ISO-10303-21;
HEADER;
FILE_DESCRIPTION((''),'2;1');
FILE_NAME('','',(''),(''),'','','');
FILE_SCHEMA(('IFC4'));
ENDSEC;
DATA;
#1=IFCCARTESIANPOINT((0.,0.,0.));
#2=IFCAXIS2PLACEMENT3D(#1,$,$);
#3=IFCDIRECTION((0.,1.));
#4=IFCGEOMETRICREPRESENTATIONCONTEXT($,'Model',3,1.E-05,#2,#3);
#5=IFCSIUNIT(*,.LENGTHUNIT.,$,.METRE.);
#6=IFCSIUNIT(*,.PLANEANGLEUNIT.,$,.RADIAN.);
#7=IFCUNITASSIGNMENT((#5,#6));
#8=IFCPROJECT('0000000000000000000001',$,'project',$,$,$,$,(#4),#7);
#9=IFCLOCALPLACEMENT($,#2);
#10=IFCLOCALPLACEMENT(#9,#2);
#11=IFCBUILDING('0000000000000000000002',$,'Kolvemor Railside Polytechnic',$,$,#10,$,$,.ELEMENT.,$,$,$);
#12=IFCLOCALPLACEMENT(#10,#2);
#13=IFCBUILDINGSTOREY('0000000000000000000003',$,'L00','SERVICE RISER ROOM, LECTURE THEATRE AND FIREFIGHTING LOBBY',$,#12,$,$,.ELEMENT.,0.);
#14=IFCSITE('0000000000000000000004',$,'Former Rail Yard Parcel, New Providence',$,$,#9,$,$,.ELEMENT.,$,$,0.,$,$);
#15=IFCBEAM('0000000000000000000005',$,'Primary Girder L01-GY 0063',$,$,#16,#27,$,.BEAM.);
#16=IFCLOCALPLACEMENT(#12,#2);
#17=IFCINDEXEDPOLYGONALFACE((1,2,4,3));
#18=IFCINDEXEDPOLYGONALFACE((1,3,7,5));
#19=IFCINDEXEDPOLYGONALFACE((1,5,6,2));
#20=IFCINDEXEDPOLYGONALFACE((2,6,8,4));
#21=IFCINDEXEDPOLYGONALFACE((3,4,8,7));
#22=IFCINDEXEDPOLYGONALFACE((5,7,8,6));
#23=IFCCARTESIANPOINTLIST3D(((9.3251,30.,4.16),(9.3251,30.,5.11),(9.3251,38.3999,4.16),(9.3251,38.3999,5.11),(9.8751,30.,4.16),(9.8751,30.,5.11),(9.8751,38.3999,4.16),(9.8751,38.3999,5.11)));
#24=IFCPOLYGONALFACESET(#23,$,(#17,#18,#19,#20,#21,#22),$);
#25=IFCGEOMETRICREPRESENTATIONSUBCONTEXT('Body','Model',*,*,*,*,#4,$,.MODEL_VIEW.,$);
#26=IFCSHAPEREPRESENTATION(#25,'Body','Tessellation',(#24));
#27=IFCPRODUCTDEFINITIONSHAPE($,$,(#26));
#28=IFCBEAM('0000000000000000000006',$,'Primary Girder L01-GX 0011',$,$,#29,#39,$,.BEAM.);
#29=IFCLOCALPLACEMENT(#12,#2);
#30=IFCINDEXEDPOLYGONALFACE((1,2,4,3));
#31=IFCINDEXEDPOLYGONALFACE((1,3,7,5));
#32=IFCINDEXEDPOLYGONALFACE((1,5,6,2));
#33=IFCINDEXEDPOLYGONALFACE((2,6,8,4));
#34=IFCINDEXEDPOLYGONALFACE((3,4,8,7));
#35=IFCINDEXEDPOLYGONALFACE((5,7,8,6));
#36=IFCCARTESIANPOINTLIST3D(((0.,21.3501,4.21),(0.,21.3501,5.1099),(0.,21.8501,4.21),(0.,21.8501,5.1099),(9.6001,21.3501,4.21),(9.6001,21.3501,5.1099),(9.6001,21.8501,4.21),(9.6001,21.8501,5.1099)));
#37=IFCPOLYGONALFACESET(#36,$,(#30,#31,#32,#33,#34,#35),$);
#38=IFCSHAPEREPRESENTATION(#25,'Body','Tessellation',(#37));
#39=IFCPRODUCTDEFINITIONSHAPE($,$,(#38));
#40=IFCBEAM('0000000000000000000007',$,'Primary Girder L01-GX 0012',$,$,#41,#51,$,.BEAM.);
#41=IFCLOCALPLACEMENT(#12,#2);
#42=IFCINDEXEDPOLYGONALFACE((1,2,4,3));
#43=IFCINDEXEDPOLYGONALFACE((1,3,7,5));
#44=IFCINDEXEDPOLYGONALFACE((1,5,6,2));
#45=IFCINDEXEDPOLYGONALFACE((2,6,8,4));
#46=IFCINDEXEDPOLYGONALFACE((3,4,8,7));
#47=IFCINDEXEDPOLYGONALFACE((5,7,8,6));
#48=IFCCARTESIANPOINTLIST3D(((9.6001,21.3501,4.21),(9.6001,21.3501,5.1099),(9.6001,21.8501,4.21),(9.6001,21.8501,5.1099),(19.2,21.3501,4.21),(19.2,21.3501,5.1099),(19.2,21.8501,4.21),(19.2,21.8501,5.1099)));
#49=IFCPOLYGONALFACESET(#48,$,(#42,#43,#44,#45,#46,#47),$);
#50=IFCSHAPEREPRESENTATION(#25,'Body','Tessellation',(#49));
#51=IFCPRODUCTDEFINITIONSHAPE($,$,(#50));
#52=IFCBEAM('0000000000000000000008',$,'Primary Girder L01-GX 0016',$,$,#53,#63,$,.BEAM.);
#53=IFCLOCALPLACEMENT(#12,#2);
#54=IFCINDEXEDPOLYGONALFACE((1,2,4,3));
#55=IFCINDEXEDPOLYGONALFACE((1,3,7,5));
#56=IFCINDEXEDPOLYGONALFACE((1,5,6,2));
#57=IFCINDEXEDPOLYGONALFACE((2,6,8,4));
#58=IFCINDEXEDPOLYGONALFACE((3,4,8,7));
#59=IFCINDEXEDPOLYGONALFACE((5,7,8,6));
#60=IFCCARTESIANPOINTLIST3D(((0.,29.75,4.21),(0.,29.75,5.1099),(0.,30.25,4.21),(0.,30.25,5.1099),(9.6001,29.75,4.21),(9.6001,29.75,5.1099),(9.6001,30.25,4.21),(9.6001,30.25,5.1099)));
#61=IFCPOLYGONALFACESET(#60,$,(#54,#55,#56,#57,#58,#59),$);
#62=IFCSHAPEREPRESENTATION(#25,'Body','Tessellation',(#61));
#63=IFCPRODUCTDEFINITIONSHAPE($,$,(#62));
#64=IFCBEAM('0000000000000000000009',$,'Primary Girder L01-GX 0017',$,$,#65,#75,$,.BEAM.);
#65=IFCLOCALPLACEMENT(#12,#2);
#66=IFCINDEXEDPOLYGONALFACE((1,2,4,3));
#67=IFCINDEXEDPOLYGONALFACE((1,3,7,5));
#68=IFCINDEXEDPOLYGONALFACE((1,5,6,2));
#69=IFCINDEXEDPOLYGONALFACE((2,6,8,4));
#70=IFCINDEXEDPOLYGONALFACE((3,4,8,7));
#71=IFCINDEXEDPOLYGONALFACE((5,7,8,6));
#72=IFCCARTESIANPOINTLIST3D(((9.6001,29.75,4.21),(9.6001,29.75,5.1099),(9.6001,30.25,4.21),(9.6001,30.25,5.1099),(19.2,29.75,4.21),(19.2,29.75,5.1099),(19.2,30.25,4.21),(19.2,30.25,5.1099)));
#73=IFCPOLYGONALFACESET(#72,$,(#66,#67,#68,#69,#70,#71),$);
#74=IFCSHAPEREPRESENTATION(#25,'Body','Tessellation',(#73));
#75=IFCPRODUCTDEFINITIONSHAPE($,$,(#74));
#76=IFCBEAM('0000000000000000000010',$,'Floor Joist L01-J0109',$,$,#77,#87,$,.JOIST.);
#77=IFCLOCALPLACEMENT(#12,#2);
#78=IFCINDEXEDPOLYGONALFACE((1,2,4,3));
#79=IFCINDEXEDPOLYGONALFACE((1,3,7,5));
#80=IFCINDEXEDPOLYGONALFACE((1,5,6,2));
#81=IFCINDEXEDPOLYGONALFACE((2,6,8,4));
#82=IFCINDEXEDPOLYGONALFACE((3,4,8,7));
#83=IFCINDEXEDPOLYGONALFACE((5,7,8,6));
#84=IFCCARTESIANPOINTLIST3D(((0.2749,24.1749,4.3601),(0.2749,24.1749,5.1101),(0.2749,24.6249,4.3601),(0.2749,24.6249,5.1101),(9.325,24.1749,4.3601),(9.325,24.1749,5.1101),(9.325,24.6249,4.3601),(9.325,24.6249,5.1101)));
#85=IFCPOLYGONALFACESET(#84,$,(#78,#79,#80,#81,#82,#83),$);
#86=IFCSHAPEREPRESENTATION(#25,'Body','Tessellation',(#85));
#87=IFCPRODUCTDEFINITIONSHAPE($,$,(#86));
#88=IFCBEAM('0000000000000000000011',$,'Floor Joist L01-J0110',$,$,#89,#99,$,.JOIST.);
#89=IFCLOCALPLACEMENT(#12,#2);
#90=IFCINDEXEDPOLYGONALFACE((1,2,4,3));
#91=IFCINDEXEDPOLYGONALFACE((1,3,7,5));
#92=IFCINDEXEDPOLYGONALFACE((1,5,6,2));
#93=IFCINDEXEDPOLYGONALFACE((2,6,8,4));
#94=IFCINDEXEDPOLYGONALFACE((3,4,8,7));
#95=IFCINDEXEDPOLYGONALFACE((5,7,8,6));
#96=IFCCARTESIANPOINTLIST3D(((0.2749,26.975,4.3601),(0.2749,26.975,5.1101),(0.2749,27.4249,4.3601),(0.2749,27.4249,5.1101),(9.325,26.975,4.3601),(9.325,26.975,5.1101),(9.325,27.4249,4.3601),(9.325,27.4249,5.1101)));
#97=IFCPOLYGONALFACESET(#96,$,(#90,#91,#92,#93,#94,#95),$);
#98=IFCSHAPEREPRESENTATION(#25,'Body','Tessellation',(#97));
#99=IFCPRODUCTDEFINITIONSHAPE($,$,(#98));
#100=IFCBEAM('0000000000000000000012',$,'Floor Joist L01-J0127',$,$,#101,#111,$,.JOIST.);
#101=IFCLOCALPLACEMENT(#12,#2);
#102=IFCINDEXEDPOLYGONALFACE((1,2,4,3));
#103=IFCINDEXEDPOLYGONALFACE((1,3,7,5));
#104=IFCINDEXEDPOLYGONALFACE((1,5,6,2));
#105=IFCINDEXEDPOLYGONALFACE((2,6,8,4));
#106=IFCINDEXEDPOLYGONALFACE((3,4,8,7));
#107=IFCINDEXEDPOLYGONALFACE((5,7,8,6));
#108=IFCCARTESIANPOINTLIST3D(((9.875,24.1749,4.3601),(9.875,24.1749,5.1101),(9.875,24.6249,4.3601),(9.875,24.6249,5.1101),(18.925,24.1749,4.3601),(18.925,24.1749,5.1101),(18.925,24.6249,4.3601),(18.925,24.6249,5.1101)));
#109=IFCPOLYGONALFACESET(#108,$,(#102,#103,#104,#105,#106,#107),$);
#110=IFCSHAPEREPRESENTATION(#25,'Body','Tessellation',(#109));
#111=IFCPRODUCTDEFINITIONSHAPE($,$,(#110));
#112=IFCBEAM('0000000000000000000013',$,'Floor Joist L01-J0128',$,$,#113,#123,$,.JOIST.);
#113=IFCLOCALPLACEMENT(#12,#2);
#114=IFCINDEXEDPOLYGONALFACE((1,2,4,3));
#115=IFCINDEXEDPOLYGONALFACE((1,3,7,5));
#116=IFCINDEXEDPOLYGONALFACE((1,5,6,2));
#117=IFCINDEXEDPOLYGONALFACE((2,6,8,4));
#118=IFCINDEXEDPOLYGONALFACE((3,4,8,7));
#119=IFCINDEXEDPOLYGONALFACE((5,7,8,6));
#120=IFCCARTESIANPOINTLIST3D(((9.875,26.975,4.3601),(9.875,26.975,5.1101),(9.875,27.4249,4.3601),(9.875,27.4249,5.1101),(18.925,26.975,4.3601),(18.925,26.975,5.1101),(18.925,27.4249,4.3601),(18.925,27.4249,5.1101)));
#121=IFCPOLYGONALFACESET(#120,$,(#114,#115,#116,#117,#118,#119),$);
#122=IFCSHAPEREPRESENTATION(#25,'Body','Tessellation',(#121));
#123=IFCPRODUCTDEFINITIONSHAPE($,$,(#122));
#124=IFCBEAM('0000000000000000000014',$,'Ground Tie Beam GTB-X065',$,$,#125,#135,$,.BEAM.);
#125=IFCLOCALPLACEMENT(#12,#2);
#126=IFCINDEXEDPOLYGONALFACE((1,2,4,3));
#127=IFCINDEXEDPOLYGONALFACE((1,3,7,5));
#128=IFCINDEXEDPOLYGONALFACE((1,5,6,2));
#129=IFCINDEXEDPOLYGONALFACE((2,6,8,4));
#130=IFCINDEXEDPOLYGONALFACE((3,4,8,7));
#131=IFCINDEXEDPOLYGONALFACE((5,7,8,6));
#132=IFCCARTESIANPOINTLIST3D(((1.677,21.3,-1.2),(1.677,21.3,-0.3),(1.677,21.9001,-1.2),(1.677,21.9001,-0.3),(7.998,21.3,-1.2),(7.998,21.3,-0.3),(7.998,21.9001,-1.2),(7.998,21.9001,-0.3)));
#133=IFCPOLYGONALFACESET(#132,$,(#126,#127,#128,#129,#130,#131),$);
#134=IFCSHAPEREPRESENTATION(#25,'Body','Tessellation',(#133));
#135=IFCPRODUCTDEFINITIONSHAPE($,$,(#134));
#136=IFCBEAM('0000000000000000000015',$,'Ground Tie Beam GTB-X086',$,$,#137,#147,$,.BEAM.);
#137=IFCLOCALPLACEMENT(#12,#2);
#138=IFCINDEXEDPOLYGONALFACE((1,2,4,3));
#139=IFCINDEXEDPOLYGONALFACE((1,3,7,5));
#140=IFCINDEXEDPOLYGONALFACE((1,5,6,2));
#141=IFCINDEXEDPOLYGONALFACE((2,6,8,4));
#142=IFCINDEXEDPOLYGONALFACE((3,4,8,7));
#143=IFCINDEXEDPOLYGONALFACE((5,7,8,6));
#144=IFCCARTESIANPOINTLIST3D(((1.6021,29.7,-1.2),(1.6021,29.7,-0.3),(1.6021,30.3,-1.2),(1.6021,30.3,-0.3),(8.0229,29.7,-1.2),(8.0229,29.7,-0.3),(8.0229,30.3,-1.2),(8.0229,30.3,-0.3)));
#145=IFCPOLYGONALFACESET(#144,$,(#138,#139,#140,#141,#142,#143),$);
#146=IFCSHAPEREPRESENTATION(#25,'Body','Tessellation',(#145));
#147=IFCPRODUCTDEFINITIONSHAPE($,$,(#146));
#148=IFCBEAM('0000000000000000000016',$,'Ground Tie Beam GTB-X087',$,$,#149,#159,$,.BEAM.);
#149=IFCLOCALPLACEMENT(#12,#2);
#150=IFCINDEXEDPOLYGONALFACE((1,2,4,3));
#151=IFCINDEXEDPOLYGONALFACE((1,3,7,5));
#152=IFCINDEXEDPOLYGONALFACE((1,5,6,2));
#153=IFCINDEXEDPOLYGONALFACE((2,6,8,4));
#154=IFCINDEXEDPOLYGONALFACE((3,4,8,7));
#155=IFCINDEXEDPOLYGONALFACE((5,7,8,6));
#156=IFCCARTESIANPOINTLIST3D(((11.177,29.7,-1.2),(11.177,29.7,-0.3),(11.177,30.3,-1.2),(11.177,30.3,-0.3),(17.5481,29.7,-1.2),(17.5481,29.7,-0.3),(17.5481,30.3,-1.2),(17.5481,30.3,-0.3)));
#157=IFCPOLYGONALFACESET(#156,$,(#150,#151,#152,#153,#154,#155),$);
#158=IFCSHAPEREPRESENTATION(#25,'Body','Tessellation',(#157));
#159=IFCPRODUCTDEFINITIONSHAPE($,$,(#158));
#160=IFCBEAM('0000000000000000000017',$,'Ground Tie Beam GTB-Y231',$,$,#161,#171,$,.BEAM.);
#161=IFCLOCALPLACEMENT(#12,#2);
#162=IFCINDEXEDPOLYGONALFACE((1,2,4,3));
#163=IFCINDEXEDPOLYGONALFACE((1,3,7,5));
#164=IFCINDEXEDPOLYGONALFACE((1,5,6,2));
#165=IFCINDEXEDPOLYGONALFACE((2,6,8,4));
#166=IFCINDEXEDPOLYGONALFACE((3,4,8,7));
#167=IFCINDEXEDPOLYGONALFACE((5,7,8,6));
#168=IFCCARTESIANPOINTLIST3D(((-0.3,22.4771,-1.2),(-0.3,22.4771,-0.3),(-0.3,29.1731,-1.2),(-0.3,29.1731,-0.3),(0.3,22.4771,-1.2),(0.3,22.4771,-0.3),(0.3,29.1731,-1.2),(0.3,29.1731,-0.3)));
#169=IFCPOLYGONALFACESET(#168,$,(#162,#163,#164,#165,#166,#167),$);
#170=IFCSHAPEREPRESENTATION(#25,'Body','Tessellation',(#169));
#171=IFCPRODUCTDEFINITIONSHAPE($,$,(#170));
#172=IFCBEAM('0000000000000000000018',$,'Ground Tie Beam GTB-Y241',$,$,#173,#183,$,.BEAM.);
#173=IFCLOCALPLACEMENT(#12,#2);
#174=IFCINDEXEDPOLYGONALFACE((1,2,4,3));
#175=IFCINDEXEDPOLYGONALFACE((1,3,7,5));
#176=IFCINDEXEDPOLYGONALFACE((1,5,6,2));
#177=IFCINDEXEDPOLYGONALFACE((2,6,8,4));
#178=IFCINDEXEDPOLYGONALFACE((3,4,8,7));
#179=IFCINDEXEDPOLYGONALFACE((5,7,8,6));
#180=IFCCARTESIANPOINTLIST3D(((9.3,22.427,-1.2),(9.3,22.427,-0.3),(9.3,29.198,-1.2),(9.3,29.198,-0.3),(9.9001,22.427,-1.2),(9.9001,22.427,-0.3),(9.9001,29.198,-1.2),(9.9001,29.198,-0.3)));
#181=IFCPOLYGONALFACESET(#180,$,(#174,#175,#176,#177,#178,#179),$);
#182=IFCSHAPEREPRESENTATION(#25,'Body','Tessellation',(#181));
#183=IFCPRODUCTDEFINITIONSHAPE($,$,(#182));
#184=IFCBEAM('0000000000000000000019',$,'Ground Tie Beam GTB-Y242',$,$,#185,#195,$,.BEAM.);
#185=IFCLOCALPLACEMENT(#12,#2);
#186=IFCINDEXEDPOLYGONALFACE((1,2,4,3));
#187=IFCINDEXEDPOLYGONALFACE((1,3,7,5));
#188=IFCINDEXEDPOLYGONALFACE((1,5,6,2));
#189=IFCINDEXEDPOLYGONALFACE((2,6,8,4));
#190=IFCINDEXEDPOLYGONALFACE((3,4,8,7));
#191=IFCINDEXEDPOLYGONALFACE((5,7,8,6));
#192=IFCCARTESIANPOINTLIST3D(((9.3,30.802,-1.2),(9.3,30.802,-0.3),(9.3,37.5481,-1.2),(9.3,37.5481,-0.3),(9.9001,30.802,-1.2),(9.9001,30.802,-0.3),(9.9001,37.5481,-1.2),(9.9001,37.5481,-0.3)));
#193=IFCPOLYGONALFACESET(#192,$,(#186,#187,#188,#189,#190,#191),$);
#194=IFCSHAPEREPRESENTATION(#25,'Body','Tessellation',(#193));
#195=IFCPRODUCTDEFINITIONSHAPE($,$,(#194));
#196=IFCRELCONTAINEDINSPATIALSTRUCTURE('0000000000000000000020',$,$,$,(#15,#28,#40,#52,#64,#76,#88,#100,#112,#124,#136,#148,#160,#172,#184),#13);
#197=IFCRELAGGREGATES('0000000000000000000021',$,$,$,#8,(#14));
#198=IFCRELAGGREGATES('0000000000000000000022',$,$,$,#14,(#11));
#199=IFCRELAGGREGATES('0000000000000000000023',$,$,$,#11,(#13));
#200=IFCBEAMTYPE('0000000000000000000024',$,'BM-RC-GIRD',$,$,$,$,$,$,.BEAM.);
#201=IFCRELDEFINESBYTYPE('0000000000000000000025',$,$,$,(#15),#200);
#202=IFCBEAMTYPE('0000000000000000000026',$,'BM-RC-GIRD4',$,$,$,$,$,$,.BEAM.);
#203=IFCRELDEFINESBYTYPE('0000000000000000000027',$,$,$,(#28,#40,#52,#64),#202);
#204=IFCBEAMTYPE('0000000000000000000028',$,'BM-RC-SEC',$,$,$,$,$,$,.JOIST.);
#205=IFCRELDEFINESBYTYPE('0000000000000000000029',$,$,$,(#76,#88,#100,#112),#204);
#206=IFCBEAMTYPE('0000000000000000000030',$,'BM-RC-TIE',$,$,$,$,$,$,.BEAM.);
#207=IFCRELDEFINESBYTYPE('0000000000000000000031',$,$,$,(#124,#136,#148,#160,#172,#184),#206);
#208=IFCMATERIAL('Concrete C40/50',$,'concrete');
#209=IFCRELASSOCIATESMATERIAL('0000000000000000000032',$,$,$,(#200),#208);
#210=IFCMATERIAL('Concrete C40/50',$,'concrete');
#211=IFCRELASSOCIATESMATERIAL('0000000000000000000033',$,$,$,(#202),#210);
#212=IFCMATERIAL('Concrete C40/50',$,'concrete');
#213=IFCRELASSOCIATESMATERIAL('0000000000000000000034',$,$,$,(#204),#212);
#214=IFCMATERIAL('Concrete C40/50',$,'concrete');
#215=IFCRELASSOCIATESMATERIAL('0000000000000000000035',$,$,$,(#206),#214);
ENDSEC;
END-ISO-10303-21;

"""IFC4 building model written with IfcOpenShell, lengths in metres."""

from ifc_helpers import new_model, si_unit, direction, frame, origin, origin_2d, place, context, subcontext, project, spatial, rectangle, extrude, material, material_profile, profile_set, type_object, element, save


model = new_model("IFC4")

# Units and contexts
model_context = context("Model", 3, precision=1e-05, world=origin(), true_north=direction((0.0, 1.0)))
body_context = subcontext(model_context, "Body", "Model", "MODEL_VIEW")
ifc_project = project(units=[si_unit("LENGTHUNIT", "METRE"), si_unit("PLANEANGLEUNIT", "RADIAN")], contexts=[model_context])

# Site, building, storey
site_placement = place(None, origin())
site = spatial("IfcSite", under=ifc_project, at=site_placement, Name="Former Rail Yard Parcel, New Providence", CompositionType="ELEMENT", RefElevation=0.0)
building_placement = place(site_placement, origin())
building = spatial("IfcBuilding", under=site, at=building_placement, Name="Kolvemor Railside Polytechnic", CompositionType="ELEMENT")
storey_placement = place(building_placement, origin())
storey = spatial("IfcBuildingStorey", under=building, at=storey_placement, Name="L00", Description="SERVICE RISER ROOM, LECTURE THEATRE AND FIREFIGHTING LOBBY", CompositionType="ELEMENT", Elevation=0.0)

# Beams
ifc_material_1 = material(Name="Concrete C40/50", Category="concrete")
ifc_material_profile_1 = material_profile(ifc_material_1, rectangle(XDim=0.55, YDim=0.95, at=origin_2d()), Name="RC550x950")
ifc_profile_set_1 = profile_set([ifc_material_profile_1], Name="Concrete C40/50")
beam_type_1 = type_object("IfcBeamType", Name="BM-RC-GIRD", PredefinedType="BEAM", material=ifc_profile_set_1)
for number, where, z_axis, x_axis, name in (
    (1, (9.6001, 30.0, 4.635), (0.0, 1.0, 0.0), (-1.0, 0.0, 0.0), "Primary Girder L01-GY 0063"),
):
    element("IfcBeam", number, at=place(storey_placement, frame(where, z_axis=z_axis, x_axis=x_axis)), inside=storey, type_object=beam_type_1, Name=name, PredefinedType="BEAM", context=body_context, shape_type="SweptSolid", body=[
        extrude(rectangle(XDim=0.55, YDim=0.95, at=origin_2d()), origin(), (0.0, 0.0, 1.0), 8.3999),
    ])
ifc_material_2 = material(Name="Concrete C40/50", Category="concrete")
ifc_material_profile_2 = material_profile(ifc_material_2, rectangle(XDim=0.5, YDim=0.8999, at=origin_2d()), Name="RC500x900")
ifc_profile_set_2 = profile_set([ifc_material_profile_2], Name="Concrete C40/50")
beam_type_2 = type_object("IfcBeamType", Name="BM-RC-GIRD4", PredefinedType="BEAM", material=ifc_profile_set_2)
beam_1_placement = place(storey_placement, frame((0.0, 21.6001, 4.6599), z_axis=(1.0, 0.0, 0.0), x_axis=(0.0, 1.0, 0.0)))
element("IfcBeam", 2, at=beam_1_placement, inside=storey, type_object=beam_type_2, Name="Primary Girder L01-GX 0011", PredefinedType="BEAM", context=body_context, shape_type="SweptSolid", body=[
    extrude(rectangle(XDim=0.5, YDim=0.8999, at=origin_2d()), origin(), (0.0, 0.0, 1.0), 9.6001),
])
beam_2_placement = place(storey_placement, frame((9.6001, 21.6001, 4.6599), z_axis=(1.0, 0.0, 0.0), x_axis=(0.0, 1.0, 0.0)))
element("IfcBeam", 3, at=beam_2_placement, inside=storey, type_object=beam_type_2, Name="Primary Girder L01-GX 0012", PredefinedType="BEAM", context=body_context, shape_type="SweptSolid", body=[
    extrude(rectangle(XDim=0.5, YDim=0.8999, at=origin_2d()), origin(), (0.0, 0.0, 1.0), 9.5999),
])
beam_3_placement = place(storey_placement, frame((0.0, 30.0, 4.6599), z_axis=(1.0, 0.0, 0.0), x_axis=(0.0, 1.0, 0.0)))
element("IfcBeam", 4, at=beam_3_placement, inside=storey, type_object=beam_type_2, Name="Primary Girder L01-GX 0016", PredefinedType="BEAM", context=body_context, shape_type="SweptSolid", body=[
    extrude(rectangle(XDim=0.5, YDim=0.8999, at=origin_2d()), origin(), (0.0, 0.0, 1.0), 9.6001),
])
beam_4_placement = place(storey_placement, frame((9.6001, 30.0, 4.6599), z_axis=(1.0, 0.0, 0.0), x_axis=(0.0, 1.0, 0.0)))
element("IfcBeam", 5, at=beam_4_placement, inside=storey, type_object=beam_type_2, Name="Primary Girder L01-GX 0017", PredefinedType="BEAM", context=body_context, shape_type="SweptSolid", body=[
    extrude(rectangle(XDim=0.5, YDim=0.8999, at=origin_2d()), origin(), (0.0, 0.0, 1.0), 9.5999),
])
ifc_material_3 = material(Name="Concrete C40/50", Category="concrete")
ifc_material_profile_3 = material_profile(ifc_material_3, rectangle(XDim=0.45, YDim=0.75, at=origin_2d()), Name="RC450x750")
ifc_profile_set_3 = profile_set([ifc_material_profile_3], Name="Concrete C40/50")
beam_type_3 = type_object("IfcBeamType", Name="BM-RC-SEC", PredefinedType="JOIST", material=ifc_profile_set_3)
for number, where, z_axis, x_axis, name in (
    (6, (0.2749, 24.3999, 4.7351), (1.0, 0.0, 0.0), (0.0, 1.0, 0.0), "Floor Joist L01-J0109"),
    (7, (0.2749, 27.2, 4.7351), (1.0, 0.0, 0.0), (0.0, 1.0, 0.0), "Floor Joist L01-J0110"),
    (8, (9.875, 24.3999, 4.7351), (1.0, 0.0, 0.0), (0.0, 1.0, 0.0), "Floor Joist L01-J0127"),
    (9, (9.875, 27.2, 4.7351), (1.0, 0.0, 0.0), (0.0, 1.0, 0.0), "Floor Joist L01-J0128"),
):
    element("IfcBeam", number, at=place(storey_placement, frame(where, z_axis=z_axis, x_axis=x_axis)), inside=storey, type_object=beam_type_3, Name=name, PredefinedType="JOIST", context=body_context, shape_type="SweptSolid", body=[
        extrude(rectangle(XDim=0.45, YDim=0.75, at=origin_2d()), origin(), (0.0, 0.0, 1.0), 9.05),
    ])
ifc_material_4 = material(Name="Concrete C40/50", Category="concrete")
ifc_material_profile_4 = material_profile(ifc_material_4, rectangle(XDim=0.6001, YDim=0.8999, at=origin_2d()), Name="RC600x900")
ifc_profile_set_4 = profile_set([ifc_material_profile_4], Name="Concrete C40/50")
beam_type_4 = type_object("IfcBeamType", Name="BM-RC-TIE", PredefinedType="BEAM", material=ifc_profile_set_4)
beam_5_placement = place(storey_placement, frame((1.677, 21.6001, -0.75), z_axis=(1.0, 0.0, 0.0), x_axis=(0.0, 1.0, 0.0)))
element("IfcBeam", 10, at=beam_5_placement, inside=storey, type_object=beam_type_4, Name="Ground Tie Beam GTB-X065", PredefinedType="BEAM", context=body_context, shape_type="SweptSolid", body=[
    extrude(rectangle(XDim=0.6001, YDim=0.8999, at=origin_2d()), origin(), (0.0, 0.0, 1.0), 6.321),
])
beam_6_placement = place(storey_placement, frame((1.6021, 30.0, -0.75), z_axis=(1.0, 0.0, 0.0), x_axis=(0.0, 1.0, 0.0)))
element("IfcBeam", 11, at=beam_6_placement, inside=storey, type_object=beam_type_4, Name="Ground Tie Beam GTB-X086", PredefinedType="BEAM", context=body_context, shape_type="SweptSolid", body=[
    extrude(rectangle(XDim=0.6001, YDim=0.8999, at=origin_2d()), origin(), (0.0, 0.0, 1.0), 6.4209),
])
beam_7_placement = place(storey_placement, frame((11.177, 30.0, -0.75), z_axis=(1.0, 0.0, 0.0), x_axis=(0.0, 1.0, 0.0)))
element("IfcBeam", 12, at=beam_7_placement, inside=storey, type_object=beam_type_4, Name="Ground Tie Beam GTB-X087", PredefinedType="BEAM", context=body_context, shape_type="SweptSolid", body=[
    extrude(rectangle(XDim=0.6001, YDim=0.8999, at=origin_2d()), origin(), (0.0, 0.0, 1.0), 6.3711),
])
beam_8_placement = place(storey_placement, frame((0.0, 22.4771, -0.75), z_axis=(0.0, 1.0, 0.0), x_axis=(-1.0, 0.0, 0.0)))
element("IfcBeam", 13, at=beam_8_placement, inside=storey, type_object=beam_type_4, Name="Ground Tie Beam GTB-Y231", PredefinedType="BEAM", context=body_context, shape_type="SweptSolid", body=[
    extrude(rectangle(XDim=0.6001, YDim=0.8999, at=origin_2d()), origin(), (0.0, 0.0, 1.0), 6.696),
])
beam_9_placement = place(storey_placement, frame((9.6001, 22.427, -0.75), z_axis=(0.0, 1.0, 0.0), x_axis=(-1.0, 0.0, 0.0)))
element("IfcBeam", 14, at=beam_9_placement, inside=storey, type_object=beam_type_4, Name="Ground Tie Beam GTB-Y241", PredefinedType="BEAM", context=body_context, shape_type="SweptSolid", body=[
    extrude(rectangle(XDim=0.6001, YDim=0.8999, at=origin_2d()), origin(), (0.0, 0.0, 1.0), 6.771),
])
beam_10_placement = place(storey_placement, frame((9.6001, 30.802, -0.75), z_axis=(0.0, 1.0, 0.0), x_axis=(-1.0, 0.0, 0.0)))
element("IfcBeam", 15, at=beam_10_placement, inside=storey, type_object=beam_type_4, Name="Ground Tie Beam GTB-Y242", PredefinedType="BEAM", context=body_context, shape_type="SweptSolid", body=[
    extrude(rectangle(XDim=0.6001, YDim=0.8999, at=origin_2d()), origin(), (0.0, 0.0, 1.0), 6.7461),
])

save(model, "model.ifc")
